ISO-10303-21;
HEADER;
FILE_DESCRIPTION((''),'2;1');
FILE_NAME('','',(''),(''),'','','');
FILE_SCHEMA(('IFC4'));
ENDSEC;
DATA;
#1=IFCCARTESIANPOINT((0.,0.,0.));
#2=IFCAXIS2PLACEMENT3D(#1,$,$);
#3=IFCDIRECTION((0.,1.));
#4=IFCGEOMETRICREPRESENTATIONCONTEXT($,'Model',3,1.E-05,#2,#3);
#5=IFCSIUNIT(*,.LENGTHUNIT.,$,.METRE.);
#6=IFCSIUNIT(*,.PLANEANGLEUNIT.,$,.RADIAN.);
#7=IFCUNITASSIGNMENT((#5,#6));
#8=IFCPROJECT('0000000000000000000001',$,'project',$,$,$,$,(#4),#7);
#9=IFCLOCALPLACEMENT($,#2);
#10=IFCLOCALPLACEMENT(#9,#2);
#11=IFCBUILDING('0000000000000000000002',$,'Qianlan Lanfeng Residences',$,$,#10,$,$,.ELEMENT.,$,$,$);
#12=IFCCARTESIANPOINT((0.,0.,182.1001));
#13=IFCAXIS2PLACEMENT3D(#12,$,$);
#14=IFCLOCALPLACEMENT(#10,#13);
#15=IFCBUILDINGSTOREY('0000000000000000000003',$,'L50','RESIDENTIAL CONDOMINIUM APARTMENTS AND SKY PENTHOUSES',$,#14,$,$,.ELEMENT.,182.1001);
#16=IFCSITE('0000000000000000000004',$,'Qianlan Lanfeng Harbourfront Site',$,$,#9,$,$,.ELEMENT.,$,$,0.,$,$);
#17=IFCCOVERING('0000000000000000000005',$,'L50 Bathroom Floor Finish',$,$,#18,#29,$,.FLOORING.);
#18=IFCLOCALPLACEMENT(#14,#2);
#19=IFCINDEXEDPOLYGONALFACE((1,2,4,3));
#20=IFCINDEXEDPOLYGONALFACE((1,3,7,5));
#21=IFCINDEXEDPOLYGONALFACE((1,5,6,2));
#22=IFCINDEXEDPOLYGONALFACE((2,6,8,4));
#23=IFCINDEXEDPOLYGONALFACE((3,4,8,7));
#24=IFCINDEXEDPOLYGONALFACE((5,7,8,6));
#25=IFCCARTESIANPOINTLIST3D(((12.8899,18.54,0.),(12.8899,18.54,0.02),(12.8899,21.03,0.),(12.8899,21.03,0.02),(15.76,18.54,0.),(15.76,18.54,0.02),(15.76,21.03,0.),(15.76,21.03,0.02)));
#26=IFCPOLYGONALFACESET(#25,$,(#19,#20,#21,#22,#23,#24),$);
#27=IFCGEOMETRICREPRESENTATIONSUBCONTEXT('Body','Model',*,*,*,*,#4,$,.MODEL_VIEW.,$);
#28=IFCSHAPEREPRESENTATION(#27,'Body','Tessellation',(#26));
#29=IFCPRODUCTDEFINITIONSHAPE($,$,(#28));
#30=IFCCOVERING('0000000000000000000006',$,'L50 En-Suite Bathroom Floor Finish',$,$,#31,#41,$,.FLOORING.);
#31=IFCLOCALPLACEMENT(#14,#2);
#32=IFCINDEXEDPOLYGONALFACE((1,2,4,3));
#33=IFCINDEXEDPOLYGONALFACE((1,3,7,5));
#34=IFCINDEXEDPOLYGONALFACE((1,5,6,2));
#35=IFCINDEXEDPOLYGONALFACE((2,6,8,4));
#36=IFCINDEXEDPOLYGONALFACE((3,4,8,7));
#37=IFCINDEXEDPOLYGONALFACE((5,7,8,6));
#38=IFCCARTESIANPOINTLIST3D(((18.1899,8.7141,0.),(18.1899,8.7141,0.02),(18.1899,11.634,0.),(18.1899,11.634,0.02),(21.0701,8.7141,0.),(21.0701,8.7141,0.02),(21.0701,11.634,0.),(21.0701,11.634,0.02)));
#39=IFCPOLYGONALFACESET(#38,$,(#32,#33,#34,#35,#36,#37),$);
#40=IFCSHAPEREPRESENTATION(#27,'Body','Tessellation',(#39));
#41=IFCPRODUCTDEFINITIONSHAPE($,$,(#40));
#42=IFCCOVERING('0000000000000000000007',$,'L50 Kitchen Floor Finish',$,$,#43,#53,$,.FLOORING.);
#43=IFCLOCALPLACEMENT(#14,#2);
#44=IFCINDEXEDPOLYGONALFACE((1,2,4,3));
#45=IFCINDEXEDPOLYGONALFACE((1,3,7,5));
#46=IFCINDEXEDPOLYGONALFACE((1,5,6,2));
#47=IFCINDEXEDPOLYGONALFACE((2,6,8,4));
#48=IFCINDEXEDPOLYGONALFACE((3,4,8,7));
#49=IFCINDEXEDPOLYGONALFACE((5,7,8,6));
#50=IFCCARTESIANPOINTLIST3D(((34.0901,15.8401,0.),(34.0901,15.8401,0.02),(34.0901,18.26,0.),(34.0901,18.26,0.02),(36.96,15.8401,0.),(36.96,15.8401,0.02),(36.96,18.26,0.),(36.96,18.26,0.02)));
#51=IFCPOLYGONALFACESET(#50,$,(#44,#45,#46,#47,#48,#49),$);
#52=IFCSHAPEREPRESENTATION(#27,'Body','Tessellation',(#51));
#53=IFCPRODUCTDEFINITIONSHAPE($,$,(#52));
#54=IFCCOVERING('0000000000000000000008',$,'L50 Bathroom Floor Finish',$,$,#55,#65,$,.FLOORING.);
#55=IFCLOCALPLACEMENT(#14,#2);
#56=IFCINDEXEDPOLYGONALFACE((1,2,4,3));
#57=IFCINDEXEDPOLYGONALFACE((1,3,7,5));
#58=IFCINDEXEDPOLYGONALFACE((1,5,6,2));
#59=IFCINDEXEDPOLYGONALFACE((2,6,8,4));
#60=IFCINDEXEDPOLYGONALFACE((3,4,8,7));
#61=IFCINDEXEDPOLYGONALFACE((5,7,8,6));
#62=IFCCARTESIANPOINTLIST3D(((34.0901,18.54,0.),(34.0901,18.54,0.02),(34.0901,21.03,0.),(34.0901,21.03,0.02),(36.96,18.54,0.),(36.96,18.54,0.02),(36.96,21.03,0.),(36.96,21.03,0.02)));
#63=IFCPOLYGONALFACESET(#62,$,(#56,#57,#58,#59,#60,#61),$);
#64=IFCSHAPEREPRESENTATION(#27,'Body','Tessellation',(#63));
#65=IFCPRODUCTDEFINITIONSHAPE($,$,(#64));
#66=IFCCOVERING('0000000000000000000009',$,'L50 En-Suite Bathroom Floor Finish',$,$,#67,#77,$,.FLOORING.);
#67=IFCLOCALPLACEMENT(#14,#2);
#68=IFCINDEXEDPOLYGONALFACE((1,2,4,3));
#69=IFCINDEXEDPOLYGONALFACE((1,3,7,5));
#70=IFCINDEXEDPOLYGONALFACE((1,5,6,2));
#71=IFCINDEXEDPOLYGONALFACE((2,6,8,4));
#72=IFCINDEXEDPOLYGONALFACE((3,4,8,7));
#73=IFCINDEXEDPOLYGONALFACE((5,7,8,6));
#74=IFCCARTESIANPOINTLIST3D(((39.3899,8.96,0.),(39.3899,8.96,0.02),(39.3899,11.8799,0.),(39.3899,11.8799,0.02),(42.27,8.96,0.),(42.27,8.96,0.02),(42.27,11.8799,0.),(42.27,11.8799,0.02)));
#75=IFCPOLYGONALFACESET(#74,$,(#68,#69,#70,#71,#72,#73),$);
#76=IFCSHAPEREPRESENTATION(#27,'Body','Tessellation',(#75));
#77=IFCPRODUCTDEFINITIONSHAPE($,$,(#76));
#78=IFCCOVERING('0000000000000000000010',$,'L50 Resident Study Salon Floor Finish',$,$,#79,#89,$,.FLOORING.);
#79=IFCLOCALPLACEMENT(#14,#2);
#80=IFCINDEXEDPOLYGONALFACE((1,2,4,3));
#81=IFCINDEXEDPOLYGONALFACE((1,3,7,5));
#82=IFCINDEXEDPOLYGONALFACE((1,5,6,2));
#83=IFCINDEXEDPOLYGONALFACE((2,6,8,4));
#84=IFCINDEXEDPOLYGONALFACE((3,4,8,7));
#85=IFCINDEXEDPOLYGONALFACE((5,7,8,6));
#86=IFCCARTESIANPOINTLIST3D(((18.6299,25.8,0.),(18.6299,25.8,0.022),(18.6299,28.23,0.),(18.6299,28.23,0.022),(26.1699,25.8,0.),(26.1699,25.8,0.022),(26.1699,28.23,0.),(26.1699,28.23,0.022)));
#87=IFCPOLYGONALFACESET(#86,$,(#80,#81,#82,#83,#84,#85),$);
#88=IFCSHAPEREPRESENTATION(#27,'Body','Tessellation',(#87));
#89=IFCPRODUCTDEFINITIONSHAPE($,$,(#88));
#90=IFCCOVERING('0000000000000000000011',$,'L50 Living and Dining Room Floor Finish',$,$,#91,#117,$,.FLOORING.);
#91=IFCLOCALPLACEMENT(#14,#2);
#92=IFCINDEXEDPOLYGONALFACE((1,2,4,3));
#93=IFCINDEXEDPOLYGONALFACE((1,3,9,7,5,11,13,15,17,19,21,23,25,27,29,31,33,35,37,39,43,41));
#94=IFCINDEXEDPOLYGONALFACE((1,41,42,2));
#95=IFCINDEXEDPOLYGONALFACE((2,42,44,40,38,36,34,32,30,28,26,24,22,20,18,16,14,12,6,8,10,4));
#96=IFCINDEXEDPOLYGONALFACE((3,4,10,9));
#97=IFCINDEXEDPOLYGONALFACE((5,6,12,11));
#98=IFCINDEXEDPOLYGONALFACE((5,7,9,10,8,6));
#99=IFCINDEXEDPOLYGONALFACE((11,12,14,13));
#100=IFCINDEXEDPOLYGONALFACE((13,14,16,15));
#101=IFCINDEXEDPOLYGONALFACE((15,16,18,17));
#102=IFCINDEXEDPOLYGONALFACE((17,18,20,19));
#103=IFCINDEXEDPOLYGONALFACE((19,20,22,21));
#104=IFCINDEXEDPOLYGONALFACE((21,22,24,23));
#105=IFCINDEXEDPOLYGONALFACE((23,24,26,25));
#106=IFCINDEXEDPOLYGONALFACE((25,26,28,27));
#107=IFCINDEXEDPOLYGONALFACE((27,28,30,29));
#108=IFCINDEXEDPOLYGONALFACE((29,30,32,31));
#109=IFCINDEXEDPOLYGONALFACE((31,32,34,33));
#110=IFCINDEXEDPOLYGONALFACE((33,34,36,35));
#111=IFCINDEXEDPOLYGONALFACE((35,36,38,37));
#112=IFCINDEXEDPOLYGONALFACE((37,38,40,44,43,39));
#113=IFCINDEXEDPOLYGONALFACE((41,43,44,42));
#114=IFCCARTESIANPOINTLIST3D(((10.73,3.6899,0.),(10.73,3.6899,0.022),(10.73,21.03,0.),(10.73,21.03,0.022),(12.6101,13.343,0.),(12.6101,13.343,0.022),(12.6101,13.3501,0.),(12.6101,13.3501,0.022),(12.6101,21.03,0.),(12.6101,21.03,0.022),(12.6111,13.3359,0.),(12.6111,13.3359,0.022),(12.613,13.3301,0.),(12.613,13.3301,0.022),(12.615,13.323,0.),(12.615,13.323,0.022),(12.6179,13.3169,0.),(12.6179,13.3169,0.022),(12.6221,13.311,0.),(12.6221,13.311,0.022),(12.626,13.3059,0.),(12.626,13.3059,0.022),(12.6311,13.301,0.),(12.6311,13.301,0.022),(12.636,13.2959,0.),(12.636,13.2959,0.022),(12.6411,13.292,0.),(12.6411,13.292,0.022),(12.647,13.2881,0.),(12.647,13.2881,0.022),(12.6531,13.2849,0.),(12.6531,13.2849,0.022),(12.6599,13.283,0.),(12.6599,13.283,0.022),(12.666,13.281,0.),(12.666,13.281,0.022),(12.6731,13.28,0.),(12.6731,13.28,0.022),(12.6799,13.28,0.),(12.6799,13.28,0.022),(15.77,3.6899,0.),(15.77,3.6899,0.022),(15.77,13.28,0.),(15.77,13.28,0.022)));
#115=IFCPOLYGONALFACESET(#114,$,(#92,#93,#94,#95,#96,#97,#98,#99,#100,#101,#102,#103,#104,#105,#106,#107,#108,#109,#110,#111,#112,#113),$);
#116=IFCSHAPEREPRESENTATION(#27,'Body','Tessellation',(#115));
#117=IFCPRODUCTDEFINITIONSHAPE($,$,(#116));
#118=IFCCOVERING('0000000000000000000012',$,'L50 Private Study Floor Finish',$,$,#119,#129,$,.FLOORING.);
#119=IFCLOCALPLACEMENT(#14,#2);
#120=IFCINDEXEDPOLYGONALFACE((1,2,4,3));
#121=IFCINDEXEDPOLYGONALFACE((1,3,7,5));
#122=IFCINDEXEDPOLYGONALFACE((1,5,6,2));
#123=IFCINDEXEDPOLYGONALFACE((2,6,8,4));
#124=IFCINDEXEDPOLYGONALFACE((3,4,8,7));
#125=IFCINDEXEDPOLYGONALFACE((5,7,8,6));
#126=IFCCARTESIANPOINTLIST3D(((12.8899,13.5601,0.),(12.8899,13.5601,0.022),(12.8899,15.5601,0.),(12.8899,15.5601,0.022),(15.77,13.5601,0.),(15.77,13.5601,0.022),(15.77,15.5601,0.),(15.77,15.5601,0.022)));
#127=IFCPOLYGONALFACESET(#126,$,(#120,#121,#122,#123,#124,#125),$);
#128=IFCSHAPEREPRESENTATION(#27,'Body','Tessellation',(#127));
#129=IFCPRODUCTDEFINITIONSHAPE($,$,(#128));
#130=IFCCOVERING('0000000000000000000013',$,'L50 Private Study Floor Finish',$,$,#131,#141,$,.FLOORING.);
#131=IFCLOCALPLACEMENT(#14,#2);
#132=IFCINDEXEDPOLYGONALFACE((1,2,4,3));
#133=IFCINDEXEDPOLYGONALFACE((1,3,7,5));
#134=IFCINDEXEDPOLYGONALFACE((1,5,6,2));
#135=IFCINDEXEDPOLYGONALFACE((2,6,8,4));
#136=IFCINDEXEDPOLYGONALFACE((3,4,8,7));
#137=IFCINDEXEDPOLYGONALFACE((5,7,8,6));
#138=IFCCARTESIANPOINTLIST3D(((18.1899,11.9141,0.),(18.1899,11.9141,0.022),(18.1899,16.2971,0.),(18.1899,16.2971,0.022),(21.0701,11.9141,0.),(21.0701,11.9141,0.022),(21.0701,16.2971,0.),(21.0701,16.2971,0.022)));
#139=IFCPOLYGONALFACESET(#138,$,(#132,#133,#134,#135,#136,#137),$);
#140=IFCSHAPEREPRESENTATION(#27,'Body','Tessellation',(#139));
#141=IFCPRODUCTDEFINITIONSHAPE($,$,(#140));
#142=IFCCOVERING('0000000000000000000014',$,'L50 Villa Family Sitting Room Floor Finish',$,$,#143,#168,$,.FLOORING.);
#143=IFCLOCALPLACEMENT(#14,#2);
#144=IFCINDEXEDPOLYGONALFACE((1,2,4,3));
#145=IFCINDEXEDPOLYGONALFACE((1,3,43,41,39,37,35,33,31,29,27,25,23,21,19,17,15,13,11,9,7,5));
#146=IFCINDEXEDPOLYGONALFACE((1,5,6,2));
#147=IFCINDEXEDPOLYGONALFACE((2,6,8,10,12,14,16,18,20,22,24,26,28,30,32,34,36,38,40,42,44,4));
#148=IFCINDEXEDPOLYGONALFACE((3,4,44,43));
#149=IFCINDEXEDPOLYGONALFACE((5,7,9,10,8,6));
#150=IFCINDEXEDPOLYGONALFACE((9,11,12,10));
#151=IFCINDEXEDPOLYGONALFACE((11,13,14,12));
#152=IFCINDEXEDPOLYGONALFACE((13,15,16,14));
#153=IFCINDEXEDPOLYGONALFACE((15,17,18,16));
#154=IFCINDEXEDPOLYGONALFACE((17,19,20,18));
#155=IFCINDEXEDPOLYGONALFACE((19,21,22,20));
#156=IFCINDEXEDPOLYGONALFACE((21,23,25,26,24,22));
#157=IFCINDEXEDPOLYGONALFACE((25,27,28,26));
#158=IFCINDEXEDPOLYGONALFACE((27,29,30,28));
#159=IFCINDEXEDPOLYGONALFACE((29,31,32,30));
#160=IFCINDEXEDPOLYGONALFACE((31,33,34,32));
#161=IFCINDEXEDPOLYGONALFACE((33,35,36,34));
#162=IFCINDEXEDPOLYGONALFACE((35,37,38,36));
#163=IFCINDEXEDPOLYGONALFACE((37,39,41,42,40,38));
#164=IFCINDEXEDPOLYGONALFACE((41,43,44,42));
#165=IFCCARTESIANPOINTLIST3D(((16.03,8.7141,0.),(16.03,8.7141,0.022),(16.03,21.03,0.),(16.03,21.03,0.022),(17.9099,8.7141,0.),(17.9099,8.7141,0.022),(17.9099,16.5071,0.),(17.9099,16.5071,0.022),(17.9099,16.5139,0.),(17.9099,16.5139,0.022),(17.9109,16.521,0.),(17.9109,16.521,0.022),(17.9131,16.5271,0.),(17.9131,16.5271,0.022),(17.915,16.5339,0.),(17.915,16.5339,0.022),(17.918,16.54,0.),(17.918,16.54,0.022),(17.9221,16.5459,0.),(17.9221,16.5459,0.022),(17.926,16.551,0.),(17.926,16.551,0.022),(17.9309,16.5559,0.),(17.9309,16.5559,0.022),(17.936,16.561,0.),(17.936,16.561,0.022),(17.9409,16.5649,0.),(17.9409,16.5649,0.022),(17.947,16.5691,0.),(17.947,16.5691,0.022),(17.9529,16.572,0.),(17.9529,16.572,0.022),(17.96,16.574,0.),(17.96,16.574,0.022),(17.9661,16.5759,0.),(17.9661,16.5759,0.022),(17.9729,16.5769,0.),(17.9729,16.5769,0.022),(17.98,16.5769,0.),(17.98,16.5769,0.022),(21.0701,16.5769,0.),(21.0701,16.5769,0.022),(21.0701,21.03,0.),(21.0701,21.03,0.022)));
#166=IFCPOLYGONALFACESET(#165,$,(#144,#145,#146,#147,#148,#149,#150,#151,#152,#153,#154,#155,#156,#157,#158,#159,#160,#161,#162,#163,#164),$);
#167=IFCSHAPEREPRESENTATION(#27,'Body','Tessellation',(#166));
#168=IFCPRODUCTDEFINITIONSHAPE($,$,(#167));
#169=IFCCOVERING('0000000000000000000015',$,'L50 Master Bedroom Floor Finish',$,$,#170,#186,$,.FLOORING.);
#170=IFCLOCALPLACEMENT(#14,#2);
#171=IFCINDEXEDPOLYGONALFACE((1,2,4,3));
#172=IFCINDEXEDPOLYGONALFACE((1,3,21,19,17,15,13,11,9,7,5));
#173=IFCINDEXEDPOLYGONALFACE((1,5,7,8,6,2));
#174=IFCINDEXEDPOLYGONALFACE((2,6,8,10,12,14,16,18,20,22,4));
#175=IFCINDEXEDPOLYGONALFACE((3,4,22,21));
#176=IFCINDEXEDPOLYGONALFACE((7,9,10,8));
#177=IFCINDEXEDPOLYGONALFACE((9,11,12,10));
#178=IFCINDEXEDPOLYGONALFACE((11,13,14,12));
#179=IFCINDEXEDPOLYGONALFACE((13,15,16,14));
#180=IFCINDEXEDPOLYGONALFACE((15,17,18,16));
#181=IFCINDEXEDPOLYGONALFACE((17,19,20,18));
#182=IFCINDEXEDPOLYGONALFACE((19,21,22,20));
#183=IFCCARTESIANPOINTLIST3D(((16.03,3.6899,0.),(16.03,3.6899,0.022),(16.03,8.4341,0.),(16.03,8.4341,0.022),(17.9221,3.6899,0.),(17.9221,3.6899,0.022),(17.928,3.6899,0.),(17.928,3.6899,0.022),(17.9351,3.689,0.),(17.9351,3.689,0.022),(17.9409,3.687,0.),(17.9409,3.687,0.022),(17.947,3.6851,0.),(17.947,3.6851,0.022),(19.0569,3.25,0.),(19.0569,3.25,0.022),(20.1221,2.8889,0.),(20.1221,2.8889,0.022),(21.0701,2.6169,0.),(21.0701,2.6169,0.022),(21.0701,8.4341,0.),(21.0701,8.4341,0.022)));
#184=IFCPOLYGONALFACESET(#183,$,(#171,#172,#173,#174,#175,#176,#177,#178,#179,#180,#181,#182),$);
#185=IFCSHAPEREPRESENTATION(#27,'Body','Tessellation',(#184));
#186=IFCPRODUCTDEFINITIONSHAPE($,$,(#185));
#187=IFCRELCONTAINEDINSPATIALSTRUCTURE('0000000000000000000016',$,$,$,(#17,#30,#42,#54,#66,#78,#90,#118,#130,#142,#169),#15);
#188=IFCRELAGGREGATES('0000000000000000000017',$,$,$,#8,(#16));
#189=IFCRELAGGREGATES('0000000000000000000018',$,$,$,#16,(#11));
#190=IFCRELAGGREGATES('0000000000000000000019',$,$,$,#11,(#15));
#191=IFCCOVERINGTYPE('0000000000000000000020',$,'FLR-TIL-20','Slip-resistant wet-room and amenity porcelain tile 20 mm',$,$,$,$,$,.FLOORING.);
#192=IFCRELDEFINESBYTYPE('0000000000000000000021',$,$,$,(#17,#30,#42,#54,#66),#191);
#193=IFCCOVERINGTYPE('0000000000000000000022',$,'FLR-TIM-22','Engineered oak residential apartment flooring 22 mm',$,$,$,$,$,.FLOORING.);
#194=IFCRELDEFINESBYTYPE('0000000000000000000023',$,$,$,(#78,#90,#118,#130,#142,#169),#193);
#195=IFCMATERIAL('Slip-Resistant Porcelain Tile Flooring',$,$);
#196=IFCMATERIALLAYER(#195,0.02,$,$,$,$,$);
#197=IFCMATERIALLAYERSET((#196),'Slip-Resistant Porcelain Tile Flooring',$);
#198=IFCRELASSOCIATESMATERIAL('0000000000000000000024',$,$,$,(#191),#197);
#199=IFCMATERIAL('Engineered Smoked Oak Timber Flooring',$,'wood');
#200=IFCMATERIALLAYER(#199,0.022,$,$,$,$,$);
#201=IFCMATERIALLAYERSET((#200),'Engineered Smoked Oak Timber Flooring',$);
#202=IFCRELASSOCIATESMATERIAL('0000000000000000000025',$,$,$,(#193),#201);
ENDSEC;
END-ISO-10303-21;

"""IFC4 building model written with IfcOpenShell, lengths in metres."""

from ifc_helpers import new_model, si_unit, direction, frame, origin, place, context, subcontext, project, spatial, polyline, outline, extrude, material, layer, layer_set, type_object, element, save


model = new_model("IFC4")

# Units and contexts
model_context = context("Model", 3, precision=1e-05, world=origin(), true_north=direction((0.0, 1.0)))
body_context = subcontext(model_context, "Body", "Model", "MODEL_VIEW")
ifc_project = project(units=[si_unit("LENGTHUNIT", "METRE"), si_unit("PLANEANGLEUNIT", "RADIAN")], contexts=[model_context])

# Site, building, storey
site_placement = place(None, origin())
site = spatial("IfcSite", under=ifc_project, at=site_placement, Name="Qianlan Lanfeng Harbourfront Site", CompositionType="ELEMENT", RefElevation=0.0)
building_placement = place(site_placement, origin())
building = spatial("IfcBuilding", under=site, at=building_placement, Name="Qianlan Lanfeng Residences", CompositionType="ELEMENT")
storey_placement = place(building_placement, frame((0.0, 0.0, 182.1001)))
storey = spatial("IfcBuildingStorey", under=building, at=storey_placement, Name="L50", Description="RESIDENTIAL CONDOMINIUM APARTMENTS AND SKY PENTHOUSES", CompositionType="ELEMENT", Elevation=182.1001)

# Coverings
ifc_material_1 = material(Name="Slip-Resistant Porcelain Tile Flooring")
ifc_layer_1 = layer(ifc_material_1, 0.02)
ifc_layer_set_1 = layer_set([ifc_layer_1], Name="Slip-Resistant Porcelain Tile Flooring")
covering_type_1 = type_object("IfcCoveringType", Name="FLR-TIL-20", Description="Slip-resistant wet-room and amenity porcelain tile 20 mm", PredefinedType="FLOORING", material=ifc_layer_set_1)
covering_1_placement = place(storey_placement, origin())
element("IfcCovering", 1, at=covering_1_placement, inside=storey, type_object=covering_type_1, Name="L50 Bathroom Floor Finish", PredefinedType="FLOORING", context=body_context, shape_type="SweptSolid", body=[
    extrude(outline(polyline([(12.8899, 18.54), (15.76, 18.54), (15.76, 21.03), (12.8899, 21.03), (12.8899, 18.54)])), origin(), (0.0, 0.0, 1.0), 0.02),
])
covering_2_placement = place(storey_placement, origin())
element("IfcCovering", 2, at=covering_2_placement, inside=storey, type_object=covering_type_1, Name="L50 En-Suite Bathroom Floor Finish", PredefinedType="FLOORING", context=body_context, shape_type="SweptSolid", body=[
    extrude(outline(polyline([(18.1899, 8.7141), (21.0701, 8.7141), (21.0701, 11.634), (18.1899, 11.634), (18.1899, 8.7141)])), origin(), (0.0, 0.0, 1.0), 0.02),
])
covering_3_placement = place(storey_placement, origin())
element("IfcCovering", 3, at=covering_3_placement, inside=storey, type_object=covering_type_1, Name="L50 Kitchen Floor Finish", PredefinedType="FLOORING", context=body_context, shape_type="SweptSolid", body=[
    extrude(outline(polyline([(34.0901, 15.8401), (36.96, 15.8401), (36.96, 18.26), (34.0901, 18.26), (34.0901, 15.8401)])), origin(), (0.0, 0.0, 1.0), 0.02),
])
covering_4_placement = place(storey_placement, origin())
element("IfcCovering", 4, at=covering_4_placement, inside=storey, type_object=covering_type_1, Name="L50 Bathroom Floor Finish", PredefinedType="FLOORING", context=body_context, shape_type="SweptSolid", body=[
    extrude(outline(polyline([(34.0901, 18.54), (36.96, 18.54), (36.96, 21.03), (34.0901, 21.03), (34.0901, 18.54)])), origin(), (0.0, 0.0, 1.0), 0.02),
])
covering_5_placement = place(storey_placement, origin())
element("IfcCovering", 5, at=covering_5_placement, inside=storey, type_object=covering_type_1, Name="L50 En-Suite Bathroom Floor Finish", PredefinedType="FLOORING", context=body_context, shape_type="SweptSolid", body=[
    extrude(outline(polyline([(39.3899, 8.96), (42.27, 8.96), (42.27, 11.8799), (39.3899, 11.8799), (39.3899, 8.96)])), origin(), (0.0, 0.0, 1.0), 0.02),
])
ifc_material_2 = material(Name="Engineered Smoked Oak Timber Flooring", Category="wood")
ifc_layer_2 = layer(ifc_material_2, 0.022)
ifc_layer_set_2 = layer_set([ifc_layer_2], Name="Engineered Smoked Oak Timber Flooring")
covering_type_2 = type_object("IfcCoveringType", Name="FLR-TIM-22", Description="Engineered oak residential apartment flooring 22 mm", PredefinedType="FLOORING", material=ifc_layer_set_2)
covering_6_placement = place(storey_placement, origin())
element("IfcCovering", 6, at=covering_6_placement, inside=storey, type_object=covering_type_2, Name="L50 Resident Study Salon Floor Finish", PredefinedType="FLOORING", context=body_context, shape_type="SweptSolid", body=[
    extrude(outline(polyline([(18.6299, 25.8), (26.1699, 25.8), (26.1699, 28.23), (18.6299, 28.23), (18.6299, 25.8)])), origin(), (0.0, 0.0, 1.0), 0.022),
])
covering_7_placement = place(storey_placement, origin())
element("IfcCovering", 7, at=covering_7_placement, inside=storey, type_object=covering_type_2, Name="L50 Living and Dining Room Floor Finish", PredefinedType="FLOORING", context=body_context, shape_type="SweptSolid", body=[
    extrude(outline(polyline([(15.77, 3.6899), (15.77, 13.28), (12.6799, 13.28), (12.6731, 13.28), (12.666, 13.281), (12.6599, 13.283), (12.6531, 13.2849), (12.647, 13.2881), (12.6411, 13.292), (12.636, 13.2959), (12.6311, 13.301), (12.626, 13.3059), (12.6221, 13.311), (12.6179, 13.3169), (12.615, 13.323), (12.613, 13.3301), (12.6111, 13.3359), (12.6101, 13.343), (12.6101, 13.3501), (12.6101, 21.03), (10.73, 21.03), (10.73, 3.6899), (15.77, 3.6899)])), origin(), (0.0, 0.0, 1.0), 0.022),
])
covering_8_placement = place(storey_placement, origin())
element("IfcCovering", 8, at=covering_8_placement, inside=storey, type_object=covering_type_2, Name="L50 Private Study Floor Finish", PredefinedType="FLOORING", context=body_context, shape_type="SweptSolid", body=[
    extrude(outline(polyline([(12.8899, 15.5601), (12.8899, 13.5601), (15.77, 13.5601), (15.77, 15.5601), (12.8899, 15.5601)])), origin(), (0.0, 0.0, 1.0), 0.022),
])
covering_9_placement = place(storey_placement, origin())
element("IfcCovering", 9, at=covering_9_placement, inside=storey, type_object=covering_type_2, Name="L50 Private Study Floor Finish", PredefinedType="FLOORING", context=body_context, shape_type="SweptSolid", body=[
    extrude(outline(polyline([(18.1899, 11.9141), (21.0701, 11.9141), (21.0701, 16.2971), (18.1899, 16.2971), (18.1899, 11.9141)])), origin(), (0.0, 0.0, 1.0), 0.022),
])
covering_10_placement = place(storey_placement, origin())
element("IfcCovering", 10, at=covering_10_placement, inside=storey, type_object=covering_type_2, Name="L50 Villa Family Sitting Room Floor Finish", PredefinedType="FLOORING", context=body_context, shape_type="SweptSolid", body=[
    extrude(outline(polyline([(16.03, 8.7141), (17.9099, 8.7141), (17.9099, 16.5071), (17.9099, 16.5139), (17.9109, 16.521), (17.9131, 16.5271), (17.915, 16.5339), (17.918, 16.54), (17.9221, 16.5459), (17.926, 16.551), (17.9309, 16.5559), (17.936, 16.561), (17.9409, 16.5649), (17.947, 16.5691), (17.9529, 16.572), (17.96, 16.574), (17.9661, 16.5759), (17.9729, 16.5769), (17.98, 16.5769), (21.0701, 16.5769), (21.0701, 21.03), (16.03, 21.03), (16.03, 8.7141)])), origin(), (0.0, 0.0, 1.0), 0.022),
])
covering_11_placement = place(storey_placement, origin())
element("IfcCovering", 11, at=covering_11_placement, inside=storey, type_object=covering_type_2, Name="L50 Master Bedroom Floor Finish", PredefinedType="FLOORING", context=body_context, shape_type="SweptSolid", body=[
    extrude(outline(polyline([(16.03, 8.4341), (16.03, 3.6899), (17.9221, 3.6899), (17.928, 3.6899), (17.9351, 3.689), (17.9409, 3.687), (17.947, 3.6851), (19.0569, 3.25), (20.1221, 2.8889), (21.0701, 2.6169), (21.0701, 8.4341), (16.03, 8.4341)])), origin(), (0.0, 0.0, 1.0), 0.022),
])

save(model, "model.ifc")
